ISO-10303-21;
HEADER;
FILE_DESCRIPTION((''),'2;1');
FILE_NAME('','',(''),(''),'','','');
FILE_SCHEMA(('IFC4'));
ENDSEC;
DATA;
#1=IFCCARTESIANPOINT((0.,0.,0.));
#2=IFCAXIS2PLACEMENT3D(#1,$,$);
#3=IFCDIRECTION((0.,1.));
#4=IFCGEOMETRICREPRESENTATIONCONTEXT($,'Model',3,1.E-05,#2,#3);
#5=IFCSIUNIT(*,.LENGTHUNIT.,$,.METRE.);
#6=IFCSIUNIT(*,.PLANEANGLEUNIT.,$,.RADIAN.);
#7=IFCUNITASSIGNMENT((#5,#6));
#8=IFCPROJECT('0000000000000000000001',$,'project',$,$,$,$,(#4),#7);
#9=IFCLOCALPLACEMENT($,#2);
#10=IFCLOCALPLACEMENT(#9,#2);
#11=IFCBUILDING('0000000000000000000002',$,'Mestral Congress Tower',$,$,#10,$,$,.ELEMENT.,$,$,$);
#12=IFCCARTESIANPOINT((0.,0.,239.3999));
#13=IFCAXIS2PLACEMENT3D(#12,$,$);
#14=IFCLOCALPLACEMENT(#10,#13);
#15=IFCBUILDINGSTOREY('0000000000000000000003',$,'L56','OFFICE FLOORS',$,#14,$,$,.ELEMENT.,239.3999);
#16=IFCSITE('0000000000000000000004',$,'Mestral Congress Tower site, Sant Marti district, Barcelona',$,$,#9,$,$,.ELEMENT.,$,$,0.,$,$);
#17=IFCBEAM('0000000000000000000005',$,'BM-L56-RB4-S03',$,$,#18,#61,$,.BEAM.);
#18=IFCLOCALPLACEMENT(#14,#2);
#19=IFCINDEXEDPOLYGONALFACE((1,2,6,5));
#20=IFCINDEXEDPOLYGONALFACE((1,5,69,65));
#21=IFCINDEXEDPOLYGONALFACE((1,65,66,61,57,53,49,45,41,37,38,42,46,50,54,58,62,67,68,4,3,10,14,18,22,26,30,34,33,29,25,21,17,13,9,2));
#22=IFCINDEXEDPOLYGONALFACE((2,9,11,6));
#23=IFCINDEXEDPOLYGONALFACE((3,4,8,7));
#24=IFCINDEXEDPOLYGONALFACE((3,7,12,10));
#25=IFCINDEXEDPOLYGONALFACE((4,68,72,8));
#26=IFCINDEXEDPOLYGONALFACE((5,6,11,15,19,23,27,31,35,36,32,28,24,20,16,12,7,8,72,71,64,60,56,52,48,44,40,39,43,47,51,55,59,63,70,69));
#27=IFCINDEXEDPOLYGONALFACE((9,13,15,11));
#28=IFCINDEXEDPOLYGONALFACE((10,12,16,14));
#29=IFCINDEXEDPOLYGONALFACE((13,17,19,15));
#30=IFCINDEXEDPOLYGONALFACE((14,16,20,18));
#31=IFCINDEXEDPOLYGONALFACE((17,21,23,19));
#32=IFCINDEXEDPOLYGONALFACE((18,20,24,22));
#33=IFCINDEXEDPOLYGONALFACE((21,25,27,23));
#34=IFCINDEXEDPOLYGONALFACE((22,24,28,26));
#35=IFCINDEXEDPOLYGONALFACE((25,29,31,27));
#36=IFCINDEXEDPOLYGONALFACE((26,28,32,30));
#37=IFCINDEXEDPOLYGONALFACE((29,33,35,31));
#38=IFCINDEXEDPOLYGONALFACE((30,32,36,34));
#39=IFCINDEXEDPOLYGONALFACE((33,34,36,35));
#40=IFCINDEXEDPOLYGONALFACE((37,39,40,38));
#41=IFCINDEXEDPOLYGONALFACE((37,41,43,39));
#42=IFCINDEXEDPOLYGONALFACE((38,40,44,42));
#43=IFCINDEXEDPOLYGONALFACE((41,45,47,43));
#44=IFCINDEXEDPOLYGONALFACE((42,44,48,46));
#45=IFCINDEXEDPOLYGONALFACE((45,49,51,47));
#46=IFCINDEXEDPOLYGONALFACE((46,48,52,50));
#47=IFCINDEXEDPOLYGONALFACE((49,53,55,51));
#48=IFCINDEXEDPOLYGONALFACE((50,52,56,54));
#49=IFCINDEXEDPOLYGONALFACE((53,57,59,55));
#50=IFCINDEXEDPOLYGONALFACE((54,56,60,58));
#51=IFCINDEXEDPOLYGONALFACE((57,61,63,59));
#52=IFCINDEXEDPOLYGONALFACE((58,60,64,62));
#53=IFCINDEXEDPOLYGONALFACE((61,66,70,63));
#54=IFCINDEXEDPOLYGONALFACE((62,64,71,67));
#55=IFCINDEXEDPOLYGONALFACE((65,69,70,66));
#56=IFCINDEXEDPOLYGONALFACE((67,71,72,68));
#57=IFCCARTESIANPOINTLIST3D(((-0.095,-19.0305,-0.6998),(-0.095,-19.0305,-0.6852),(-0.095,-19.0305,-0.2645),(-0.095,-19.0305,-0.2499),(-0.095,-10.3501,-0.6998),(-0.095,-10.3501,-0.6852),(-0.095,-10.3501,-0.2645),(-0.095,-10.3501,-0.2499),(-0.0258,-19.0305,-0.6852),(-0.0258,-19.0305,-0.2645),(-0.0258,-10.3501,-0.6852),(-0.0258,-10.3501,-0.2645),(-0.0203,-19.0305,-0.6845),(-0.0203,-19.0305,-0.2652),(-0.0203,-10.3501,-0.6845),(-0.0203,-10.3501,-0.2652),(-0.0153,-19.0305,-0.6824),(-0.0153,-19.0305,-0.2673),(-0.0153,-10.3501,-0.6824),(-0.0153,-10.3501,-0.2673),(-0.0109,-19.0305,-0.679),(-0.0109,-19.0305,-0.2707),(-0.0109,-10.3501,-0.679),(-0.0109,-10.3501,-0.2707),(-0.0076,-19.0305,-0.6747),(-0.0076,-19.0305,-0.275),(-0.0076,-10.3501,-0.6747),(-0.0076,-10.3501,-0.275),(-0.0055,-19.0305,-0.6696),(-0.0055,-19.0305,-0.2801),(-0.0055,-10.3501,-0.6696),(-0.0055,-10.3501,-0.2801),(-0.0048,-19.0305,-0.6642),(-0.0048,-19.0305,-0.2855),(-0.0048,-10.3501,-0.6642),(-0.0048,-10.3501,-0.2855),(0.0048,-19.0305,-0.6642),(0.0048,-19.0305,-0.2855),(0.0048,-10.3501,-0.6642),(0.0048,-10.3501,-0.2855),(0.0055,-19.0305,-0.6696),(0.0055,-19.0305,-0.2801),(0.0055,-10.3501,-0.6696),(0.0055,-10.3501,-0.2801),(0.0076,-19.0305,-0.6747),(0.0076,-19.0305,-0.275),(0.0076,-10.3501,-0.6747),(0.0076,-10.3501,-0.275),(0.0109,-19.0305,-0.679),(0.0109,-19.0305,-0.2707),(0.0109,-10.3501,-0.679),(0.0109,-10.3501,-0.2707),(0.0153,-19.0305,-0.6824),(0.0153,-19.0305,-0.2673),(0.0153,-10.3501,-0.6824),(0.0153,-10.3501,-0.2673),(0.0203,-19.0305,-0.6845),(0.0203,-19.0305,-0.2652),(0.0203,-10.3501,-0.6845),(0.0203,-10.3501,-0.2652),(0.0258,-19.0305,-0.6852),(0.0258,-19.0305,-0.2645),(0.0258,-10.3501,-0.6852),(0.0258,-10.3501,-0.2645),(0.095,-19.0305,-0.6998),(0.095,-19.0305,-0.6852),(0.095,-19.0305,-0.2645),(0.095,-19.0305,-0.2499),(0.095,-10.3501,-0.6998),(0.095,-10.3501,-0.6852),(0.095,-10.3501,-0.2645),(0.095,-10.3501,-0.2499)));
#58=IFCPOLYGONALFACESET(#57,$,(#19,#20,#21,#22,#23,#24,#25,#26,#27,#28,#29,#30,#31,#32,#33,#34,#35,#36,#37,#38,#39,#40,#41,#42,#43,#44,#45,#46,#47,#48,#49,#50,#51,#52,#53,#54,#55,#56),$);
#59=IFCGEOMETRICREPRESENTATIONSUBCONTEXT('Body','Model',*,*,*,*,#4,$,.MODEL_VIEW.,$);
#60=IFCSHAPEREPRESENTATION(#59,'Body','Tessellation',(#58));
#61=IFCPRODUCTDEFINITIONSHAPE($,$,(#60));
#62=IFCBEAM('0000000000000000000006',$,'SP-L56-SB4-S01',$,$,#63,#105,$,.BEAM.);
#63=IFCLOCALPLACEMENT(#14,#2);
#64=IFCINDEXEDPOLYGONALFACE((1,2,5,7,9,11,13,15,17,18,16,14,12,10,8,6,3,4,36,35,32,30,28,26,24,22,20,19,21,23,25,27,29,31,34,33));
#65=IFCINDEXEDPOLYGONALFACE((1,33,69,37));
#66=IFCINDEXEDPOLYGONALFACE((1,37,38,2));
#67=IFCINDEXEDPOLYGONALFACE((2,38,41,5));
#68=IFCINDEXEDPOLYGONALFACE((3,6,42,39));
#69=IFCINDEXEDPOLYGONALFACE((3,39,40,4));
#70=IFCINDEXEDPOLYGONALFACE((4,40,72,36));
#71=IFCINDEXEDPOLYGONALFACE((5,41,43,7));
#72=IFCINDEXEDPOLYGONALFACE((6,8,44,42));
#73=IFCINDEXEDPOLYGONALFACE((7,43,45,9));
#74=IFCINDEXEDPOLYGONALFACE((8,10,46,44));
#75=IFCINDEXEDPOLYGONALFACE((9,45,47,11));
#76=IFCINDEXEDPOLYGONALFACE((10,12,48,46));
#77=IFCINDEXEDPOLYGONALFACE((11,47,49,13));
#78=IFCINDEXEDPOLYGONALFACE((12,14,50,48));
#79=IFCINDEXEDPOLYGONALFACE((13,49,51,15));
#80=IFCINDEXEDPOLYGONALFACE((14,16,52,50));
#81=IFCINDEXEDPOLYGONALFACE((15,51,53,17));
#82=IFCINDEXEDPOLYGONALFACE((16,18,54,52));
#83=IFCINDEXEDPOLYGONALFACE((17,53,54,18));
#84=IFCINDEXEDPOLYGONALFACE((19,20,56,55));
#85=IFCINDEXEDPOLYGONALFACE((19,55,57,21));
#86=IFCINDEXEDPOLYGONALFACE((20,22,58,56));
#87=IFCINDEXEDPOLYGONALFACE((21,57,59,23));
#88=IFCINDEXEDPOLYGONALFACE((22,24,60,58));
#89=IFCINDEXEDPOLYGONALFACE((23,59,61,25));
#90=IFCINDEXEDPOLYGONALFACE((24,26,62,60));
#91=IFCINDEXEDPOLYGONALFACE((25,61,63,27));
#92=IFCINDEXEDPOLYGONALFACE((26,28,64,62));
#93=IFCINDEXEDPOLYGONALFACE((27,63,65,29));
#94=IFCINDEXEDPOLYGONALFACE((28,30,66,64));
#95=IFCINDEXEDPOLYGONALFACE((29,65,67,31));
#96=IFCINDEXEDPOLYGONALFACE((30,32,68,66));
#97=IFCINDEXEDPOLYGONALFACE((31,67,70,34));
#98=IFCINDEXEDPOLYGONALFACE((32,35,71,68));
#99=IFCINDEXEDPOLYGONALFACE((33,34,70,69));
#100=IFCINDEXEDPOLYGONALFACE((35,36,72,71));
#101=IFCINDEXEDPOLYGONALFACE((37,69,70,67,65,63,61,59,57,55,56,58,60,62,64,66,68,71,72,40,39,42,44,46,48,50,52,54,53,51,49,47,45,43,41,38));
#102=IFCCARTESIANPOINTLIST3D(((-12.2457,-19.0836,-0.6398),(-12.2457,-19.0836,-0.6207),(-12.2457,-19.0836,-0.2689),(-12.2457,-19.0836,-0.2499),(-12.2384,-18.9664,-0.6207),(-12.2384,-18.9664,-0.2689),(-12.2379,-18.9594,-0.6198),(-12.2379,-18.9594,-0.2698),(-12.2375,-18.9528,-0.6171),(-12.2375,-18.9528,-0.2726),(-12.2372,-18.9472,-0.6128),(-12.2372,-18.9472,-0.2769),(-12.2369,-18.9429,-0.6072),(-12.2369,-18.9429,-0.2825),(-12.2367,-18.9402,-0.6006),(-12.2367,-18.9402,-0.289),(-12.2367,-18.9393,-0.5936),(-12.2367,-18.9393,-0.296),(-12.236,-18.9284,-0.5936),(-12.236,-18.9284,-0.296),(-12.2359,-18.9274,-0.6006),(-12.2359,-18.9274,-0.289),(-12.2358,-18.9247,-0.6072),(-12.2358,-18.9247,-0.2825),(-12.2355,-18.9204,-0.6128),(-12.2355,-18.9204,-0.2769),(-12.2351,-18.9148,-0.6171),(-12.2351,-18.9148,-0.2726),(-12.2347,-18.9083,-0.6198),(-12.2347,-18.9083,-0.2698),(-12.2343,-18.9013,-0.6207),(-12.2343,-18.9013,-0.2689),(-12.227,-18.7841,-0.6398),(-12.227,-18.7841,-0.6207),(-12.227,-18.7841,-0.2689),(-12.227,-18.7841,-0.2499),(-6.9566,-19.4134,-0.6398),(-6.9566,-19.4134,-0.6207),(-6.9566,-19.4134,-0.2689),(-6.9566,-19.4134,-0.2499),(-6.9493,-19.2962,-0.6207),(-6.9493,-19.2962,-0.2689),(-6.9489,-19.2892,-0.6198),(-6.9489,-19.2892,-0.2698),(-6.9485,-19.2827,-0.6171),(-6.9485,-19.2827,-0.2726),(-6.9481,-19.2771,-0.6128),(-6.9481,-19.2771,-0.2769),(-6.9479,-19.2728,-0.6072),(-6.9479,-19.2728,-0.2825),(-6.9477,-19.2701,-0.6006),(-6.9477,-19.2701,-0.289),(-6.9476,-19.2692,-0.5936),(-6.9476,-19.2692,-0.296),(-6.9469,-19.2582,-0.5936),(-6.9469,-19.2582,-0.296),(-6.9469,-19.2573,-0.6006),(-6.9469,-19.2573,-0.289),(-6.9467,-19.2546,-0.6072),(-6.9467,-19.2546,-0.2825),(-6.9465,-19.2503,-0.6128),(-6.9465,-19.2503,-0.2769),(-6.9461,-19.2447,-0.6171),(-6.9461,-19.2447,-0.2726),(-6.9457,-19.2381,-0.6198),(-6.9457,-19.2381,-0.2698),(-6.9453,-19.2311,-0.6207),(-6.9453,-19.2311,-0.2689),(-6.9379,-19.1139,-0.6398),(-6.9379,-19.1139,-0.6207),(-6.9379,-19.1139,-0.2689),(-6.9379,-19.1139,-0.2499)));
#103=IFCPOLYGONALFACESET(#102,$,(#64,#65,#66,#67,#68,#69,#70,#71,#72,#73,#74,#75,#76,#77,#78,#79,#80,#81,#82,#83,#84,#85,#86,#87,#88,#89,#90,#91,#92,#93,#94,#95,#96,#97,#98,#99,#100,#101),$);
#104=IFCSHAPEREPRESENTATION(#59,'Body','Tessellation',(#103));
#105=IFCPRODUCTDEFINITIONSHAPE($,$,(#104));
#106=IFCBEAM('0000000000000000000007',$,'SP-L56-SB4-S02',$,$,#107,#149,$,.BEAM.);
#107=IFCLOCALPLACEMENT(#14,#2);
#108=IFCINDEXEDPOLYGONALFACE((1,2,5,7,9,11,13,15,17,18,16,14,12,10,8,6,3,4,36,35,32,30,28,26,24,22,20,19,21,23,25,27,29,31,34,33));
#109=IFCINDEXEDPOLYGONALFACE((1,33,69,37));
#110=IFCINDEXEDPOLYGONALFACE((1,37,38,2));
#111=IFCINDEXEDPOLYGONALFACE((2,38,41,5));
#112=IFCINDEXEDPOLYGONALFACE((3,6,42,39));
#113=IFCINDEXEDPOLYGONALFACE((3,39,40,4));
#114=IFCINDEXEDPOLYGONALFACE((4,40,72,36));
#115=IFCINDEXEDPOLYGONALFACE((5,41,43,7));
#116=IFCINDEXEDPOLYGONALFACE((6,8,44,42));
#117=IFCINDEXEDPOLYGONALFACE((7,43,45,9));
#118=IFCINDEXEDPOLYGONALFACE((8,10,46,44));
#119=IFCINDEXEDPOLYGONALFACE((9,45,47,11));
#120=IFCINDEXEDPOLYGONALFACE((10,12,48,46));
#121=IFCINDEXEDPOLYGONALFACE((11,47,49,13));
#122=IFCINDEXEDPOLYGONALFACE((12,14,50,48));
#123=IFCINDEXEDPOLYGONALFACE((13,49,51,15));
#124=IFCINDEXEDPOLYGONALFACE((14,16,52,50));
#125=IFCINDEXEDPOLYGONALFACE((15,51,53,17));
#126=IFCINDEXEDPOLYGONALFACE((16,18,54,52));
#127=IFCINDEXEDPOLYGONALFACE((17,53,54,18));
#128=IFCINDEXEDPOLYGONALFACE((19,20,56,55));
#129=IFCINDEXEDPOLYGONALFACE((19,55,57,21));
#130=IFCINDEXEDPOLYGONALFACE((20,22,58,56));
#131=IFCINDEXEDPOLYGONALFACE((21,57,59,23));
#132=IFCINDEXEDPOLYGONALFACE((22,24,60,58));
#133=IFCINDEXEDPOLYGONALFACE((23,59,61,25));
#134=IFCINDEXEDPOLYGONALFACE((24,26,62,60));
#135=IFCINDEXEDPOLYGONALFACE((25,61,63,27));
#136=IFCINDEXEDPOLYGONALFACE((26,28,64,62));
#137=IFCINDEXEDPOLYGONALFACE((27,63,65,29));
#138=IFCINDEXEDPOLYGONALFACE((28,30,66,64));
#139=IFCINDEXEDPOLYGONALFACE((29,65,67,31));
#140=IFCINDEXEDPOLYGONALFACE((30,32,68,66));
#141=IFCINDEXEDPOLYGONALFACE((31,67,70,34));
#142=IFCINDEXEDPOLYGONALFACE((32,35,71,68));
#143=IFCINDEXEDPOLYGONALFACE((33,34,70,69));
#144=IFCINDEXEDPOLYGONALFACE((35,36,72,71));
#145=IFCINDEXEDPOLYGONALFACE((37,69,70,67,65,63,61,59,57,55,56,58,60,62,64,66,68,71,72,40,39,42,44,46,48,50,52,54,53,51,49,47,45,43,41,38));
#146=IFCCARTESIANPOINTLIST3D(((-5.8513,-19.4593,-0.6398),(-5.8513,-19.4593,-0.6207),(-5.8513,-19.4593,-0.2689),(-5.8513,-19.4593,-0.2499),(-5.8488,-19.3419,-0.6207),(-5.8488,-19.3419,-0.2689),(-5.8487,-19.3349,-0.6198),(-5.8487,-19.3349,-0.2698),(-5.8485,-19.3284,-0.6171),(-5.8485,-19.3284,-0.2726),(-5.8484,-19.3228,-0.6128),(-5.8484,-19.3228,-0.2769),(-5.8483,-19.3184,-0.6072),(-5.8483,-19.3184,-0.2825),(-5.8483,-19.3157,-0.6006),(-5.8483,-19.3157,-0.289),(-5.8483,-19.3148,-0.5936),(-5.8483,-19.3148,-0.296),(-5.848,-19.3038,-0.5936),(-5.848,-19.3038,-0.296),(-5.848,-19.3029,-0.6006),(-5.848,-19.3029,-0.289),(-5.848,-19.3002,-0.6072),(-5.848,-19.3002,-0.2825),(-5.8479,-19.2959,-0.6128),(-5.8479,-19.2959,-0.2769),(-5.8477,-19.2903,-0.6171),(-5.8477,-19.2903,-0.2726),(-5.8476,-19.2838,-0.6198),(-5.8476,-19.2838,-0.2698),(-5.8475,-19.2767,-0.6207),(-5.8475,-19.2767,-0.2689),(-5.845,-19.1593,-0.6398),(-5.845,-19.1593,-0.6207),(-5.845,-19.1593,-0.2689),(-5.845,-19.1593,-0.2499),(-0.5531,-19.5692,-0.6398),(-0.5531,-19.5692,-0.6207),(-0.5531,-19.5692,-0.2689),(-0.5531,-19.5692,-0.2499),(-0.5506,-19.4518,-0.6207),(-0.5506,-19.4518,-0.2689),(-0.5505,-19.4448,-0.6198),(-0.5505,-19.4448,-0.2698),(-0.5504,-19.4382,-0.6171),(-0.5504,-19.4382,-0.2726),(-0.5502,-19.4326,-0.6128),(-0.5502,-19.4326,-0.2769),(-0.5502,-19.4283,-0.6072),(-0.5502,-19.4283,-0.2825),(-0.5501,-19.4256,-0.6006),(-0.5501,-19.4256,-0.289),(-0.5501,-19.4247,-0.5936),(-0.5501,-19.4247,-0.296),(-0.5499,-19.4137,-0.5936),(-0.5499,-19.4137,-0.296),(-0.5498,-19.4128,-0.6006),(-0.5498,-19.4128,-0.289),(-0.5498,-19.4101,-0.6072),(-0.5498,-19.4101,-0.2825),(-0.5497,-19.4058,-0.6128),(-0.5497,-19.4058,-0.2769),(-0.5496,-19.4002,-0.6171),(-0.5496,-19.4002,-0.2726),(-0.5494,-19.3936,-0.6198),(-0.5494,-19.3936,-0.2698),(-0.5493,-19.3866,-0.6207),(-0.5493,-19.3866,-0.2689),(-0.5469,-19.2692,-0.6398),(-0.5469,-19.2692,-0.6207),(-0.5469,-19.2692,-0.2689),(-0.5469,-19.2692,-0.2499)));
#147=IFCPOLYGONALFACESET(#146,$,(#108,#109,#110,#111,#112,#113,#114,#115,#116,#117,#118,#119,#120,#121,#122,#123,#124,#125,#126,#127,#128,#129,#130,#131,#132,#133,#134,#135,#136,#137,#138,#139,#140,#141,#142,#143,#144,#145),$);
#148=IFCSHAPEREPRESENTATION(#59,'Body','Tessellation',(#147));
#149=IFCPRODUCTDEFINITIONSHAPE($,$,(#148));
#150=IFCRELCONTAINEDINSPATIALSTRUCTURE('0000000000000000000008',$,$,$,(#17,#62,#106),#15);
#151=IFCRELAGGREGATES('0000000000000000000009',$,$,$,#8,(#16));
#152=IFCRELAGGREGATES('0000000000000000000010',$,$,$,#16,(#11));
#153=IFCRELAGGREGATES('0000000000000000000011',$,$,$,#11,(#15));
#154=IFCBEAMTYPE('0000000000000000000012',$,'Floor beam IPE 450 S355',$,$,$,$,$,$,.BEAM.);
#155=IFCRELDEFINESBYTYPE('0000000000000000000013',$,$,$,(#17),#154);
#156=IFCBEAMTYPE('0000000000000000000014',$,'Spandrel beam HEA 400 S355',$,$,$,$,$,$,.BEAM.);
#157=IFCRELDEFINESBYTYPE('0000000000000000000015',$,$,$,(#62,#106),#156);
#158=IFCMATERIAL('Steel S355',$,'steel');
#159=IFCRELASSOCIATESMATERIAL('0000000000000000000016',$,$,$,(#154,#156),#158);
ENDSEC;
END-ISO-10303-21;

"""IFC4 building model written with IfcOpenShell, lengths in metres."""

from ifc_helpers import new_model, si_unit, direction, frame, origin, origin_2d, place, context, subcontext, project, spatial, i_section, extrude, material, material_profile, profile_set, type_object, element, save


model = new_model("IFC4")

# Units and contexts
model_context = context("Model", 3, precision=1e-05, world=origin(), true_north=direction((0.0, 1.0)))
body_context = subcontext(model_context, "Body", "Model", "MODEL_VIEW")
ifc_project = project(units=[si_unit("LENGTHUNIT", "METRE"), si_unit("PLANEANGLEUNIT", "RADIAN")], contexts=[model_context])

# Site, building, storey
site_placement = place(None, origin())
site = spatial("IfcSite", under=ifc_project, at=site_placement, Name="Mestral Congress Tower site, Sant Marti district, Barcelona", CompositionType="ELEMENT", RefElevation=0.0)
building_placement = place(site_placement, origin())
building = spatial("IfcBuilding", under=site, at=building_placement, Name="Mestral Congress Tower", CompositionType="ELEMENT")
storey_placement = place(building_placement, frame((0.0, 0.0, 239.3999)))
storey = spatial("IfcBuildingStorey", under=building, at=storey_placement, Name="L56", Description="OFFICE FLOORS", CompositionType="ELEMENT", Elevation=239.3999)

# Beams
ifc_material_1 = material(Name="Steel S355", Category="steel")
ifc_material_profile_1 = material_profile(ifc_material_1, i_section(OverallWidth=0.1899, OverallDepth=0.45, WebThickness=0.0095, FlangeThickness=0.0146, FilletRadius=0.021, at=origin_2d()), Name="IPE 450")
ifc_profile_set_1 = profile_set([ifc_material_profile_1], Name="Steel S355")
beam_type_1 = type_object("IfcBeamType", Name="Floor beam IPE 450 S355", PredefinedType="BEAM", material=ifc_profile_set_1)
beam_1_placement = place(storey_placement, frame((0.0, -19.0305, -0.4749), z_axis=(0.0, 1.0, 0.0), x_axis=(-1.0, 0.0, 0.0)))
element("IfcBeam", 1, at=beam_1_placement, inside=storey, type_object=beam_type_1, Name="BM-L56-RB4-S03", PredefinedType="BEAM", context=body_context, shape_type="SweptSolid", body=[
    extrude(i_section(OverallWidth=0.1899, OverallDepth=0.45, WebThickness=0.0095, FlangeThickness=0.0146, FilletRadius=0.021, at=origin_2d()), origin(), (0.0, 0.0, 1.0), 8.6804),
])
ifc_material_profile_2 = material_profile(ifc_material_1, i_section(OverallWidth=0.3, OverallDepth=0.3899, WebThickness=0.011, FlangeThickness=0.019, FilletRadius=0.0271, at=origin_2d()), Name="HEA 400")
ifc_profile_set_2 = profile_set([ifc_material_profile_2], Name="Steel S355")
beam_type_2 = type_object("IfcBeamType", Name="Spandrel beam HEA 400 S355", PredefinedType="BEAM", material=ifc_profile_set_2)
for number, where, z_axis, x_axis, name in (
    (2, (-12.2363, -18.9338, -0.4448), (0.998061, -0.062241, 0.0), (0.062241, 0.998061, 0.0), "SP-L56-SB4-S01"),
    (3, (-5.8481, -19.3093, -0.4448), (0.999785, -0.020732, 0.0), (0.020732, 0.999785, 0.0), "SP-L56-SB4-S02"),
):
    element("IfcBeam", number, at=place(storey_placement, frame(where, z_axis=z_axis, x_axis=x_axis)), inside=storey, type_object=beam_type_2, Name=name, PredefinedType="BEAM", context=body_context, shape_type="SweptSolid", body=[
        extrude(i_section(OverallWidth=0.3, OverallDepth=0.3899, WebThickness=0.011, FlangeThickness=0.019, FilletRadius=0.0271, at=origin_2d()), origin(), (0.0, 0.0, 1.0), 5.2993),
    ])

save(model, "model.ifc")
